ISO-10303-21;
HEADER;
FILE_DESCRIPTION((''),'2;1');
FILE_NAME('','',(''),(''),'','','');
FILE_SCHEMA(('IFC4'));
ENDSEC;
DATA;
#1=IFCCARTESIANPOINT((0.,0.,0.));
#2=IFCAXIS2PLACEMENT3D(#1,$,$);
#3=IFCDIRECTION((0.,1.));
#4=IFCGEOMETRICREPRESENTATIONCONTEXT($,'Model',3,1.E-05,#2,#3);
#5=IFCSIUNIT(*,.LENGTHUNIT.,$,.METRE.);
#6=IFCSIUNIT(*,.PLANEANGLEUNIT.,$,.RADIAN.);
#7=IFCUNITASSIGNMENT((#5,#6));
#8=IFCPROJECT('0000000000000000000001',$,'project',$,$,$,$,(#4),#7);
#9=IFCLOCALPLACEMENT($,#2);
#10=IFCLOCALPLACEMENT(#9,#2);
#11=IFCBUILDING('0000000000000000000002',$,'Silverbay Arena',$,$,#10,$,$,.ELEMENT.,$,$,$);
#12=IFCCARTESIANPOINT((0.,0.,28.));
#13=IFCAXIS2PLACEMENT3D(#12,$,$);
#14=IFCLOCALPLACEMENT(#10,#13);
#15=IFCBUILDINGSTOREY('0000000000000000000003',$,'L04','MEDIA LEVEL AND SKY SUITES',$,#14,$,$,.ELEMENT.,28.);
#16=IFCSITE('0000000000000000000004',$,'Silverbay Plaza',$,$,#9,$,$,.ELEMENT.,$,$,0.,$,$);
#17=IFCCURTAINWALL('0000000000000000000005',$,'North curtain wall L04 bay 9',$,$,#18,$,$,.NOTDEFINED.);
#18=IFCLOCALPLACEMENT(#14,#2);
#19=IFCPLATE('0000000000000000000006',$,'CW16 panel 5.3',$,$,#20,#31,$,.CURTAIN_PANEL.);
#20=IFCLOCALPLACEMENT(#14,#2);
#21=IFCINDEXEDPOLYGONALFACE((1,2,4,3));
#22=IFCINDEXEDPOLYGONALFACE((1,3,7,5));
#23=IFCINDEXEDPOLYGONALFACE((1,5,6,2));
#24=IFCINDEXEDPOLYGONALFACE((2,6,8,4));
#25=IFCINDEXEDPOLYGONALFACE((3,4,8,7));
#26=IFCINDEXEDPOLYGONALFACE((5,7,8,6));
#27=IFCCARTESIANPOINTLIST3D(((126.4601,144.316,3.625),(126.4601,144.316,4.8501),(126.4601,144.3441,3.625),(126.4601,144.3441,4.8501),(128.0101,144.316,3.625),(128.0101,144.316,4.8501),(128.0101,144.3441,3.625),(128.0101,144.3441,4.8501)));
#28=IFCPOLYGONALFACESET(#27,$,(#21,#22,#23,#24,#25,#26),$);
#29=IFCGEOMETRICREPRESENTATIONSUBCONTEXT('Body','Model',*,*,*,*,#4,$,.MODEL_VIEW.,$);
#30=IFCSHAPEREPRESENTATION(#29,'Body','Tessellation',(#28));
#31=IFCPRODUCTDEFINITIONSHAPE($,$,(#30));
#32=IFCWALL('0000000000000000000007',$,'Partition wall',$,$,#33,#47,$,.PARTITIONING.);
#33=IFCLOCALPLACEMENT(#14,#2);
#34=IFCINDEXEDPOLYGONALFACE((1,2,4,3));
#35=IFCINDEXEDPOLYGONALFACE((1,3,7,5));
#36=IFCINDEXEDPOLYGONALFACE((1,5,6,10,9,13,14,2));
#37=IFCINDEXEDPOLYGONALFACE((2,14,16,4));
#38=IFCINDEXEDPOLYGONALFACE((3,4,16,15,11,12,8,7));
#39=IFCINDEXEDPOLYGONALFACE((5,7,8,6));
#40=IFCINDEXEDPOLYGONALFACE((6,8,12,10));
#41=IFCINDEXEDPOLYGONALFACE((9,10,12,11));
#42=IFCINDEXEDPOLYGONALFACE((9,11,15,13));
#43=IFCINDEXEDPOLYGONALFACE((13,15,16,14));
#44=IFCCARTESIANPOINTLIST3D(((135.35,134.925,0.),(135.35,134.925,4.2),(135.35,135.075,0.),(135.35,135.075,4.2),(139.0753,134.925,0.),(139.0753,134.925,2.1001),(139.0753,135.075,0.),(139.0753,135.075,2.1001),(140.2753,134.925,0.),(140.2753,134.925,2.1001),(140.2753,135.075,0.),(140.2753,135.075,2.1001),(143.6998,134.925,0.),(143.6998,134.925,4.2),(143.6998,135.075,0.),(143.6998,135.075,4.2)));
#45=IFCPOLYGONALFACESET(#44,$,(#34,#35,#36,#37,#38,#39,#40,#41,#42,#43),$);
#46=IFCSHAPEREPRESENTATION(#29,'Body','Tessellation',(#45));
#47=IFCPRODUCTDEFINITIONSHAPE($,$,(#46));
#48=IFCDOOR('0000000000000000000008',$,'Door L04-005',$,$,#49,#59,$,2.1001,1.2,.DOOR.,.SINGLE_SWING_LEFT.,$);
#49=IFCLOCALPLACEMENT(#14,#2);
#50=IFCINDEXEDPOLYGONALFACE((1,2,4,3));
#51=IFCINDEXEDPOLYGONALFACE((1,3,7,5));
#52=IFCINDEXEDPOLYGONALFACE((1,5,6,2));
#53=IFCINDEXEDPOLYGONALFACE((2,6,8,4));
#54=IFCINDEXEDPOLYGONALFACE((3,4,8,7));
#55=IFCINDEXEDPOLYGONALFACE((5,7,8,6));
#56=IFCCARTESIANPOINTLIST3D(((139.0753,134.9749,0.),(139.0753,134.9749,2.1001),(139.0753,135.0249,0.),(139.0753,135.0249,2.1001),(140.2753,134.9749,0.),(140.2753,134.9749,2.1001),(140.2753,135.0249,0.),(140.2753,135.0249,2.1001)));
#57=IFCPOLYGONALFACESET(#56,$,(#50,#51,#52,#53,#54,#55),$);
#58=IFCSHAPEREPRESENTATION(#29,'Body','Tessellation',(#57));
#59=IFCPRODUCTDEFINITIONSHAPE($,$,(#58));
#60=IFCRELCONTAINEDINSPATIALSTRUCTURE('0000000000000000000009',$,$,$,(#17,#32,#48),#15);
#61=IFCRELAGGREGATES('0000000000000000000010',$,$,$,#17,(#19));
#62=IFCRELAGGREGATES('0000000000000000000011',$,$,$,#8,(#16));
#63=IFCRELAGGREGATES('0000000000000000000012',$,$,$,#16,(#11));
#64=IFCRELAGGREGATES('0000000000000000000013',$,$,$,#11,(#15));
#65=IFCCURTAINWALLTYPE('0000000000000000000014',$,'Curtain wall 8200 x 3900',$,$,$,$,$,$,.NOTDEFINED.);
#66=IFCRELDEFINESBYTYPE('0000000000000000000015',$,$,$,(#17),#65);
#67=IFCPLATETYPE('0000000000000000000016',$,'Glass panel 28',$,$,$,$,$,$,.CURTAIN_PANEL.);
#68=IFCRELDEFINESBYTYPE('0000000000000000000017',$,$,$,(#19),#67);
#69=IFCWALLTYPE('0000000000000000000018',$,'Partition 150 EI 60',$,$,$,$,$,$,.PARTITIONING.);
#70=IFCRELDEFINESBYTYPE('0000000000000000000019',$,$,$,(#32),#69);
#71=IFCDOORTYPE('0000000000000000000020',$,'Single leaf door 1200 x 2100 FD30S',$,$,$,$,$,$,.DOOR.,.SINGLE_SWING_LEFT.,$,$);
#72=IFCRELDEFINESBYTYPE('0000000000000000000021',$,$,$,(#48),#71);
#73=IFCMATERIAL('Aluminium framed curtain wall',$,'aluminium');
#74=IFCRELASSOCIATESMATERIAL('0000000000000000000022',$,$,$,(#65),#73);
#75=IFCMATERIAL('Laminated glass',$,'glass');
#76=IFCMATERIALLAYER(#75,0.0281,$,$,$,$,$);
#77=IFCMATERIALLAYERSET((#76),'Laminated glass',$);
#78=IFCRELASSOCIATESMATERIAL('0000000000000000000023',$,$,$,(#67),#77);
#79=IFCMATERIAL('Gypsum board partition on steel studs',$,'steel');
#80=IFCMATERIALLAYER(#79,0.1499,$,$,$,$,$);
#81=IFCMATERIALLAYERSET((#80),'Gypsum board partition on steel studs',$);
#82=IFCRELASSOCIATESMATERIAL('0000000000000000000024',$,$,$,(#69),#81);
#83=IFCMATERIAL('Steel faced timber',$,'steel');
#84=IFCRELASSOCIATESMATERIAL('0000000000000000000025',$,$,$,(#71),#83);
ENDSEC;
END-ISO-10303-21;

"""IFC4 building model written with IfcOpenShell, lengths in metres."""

from ifc_helpers import new_model, si_unit, direction, frame, frame_2d, origin, origin_2d, place, context, subcontext, project, spatial, rectangle, extrude, material, layer, layer_set, type_object, element, fill, aggregate, save


model = new_model("IFC4")

# Units and contexts
model_context = context("Model", 3, precision=1e-05, world=origin(), true_north=direction((0.0, 1.0)))
body_context = subcontext(model_context, "Body", "Model", "MODEL_VIEW")
ifc_project = project(units=[si_unit("LENGTHUNIT", "METRE"), si_unit("PLANEANGLEUNIT", "RADIAN")], contexts=[model_context])

# Site, building, storey
site_placement = place(None, origin())
site = spatial("IfcSite", under=ifc_project, at=site_placement, Name="Silverbay Plaza", CompositionType="ELEMENT", RefElevation=0.0)
building_placement = place(site_placement, origin())
building = spatial("IfcBuilding", under=site, at=building_placement, Name="Silverbay Arena", CompositionType="ELEMENT")
storey_placement = place(building_placement, frame((0.0, 0.0, 28.0)))
storey = spatial("IfcBuildingStorey", under=building, at=storey_placement, Name="L04", Description="MEDIA LEVEL AND SKY SUITES", CompositionType="ELEMENT", Elevation=28.0)

# Curtain wall
ifc_material_1 = material(Name="Aluminium framed curtain wall", Category="aluminium")
curtain_wall_type = type_object("IfcCurtainWallType", Name="Curtain wall 8200 x 3900", PredefinedType="NOTDEFINED", material=ifc_material_1)
curtain_wall_placement = place(storey_placement, origin())
curtain_wall = element("IfcCurtainWall", 1, at=curtain_wall_placement, inside=storey, type_object=curtain_wall_type, Name="North curtain wall L04 bay 9", PredefinedType="NOTDEFINED")

# Plate
ifc_material_2 = material(Name="Laminated glass", Category="glass")
ifc_layer_1 = layer(ifc_material_2, 0.0281)
ifc_layer_set_1 = layer_set([ifc_layer_1], Name="Laminated glass")
plate_type = type_object("IfcPlateType", Name="Glass panel 28", PredefinedType="CURTAIN_PANEL", material=ifc_layer_set_1)
plate_1_placement = place(storey_placement, frame((127.2351, 144.3301, 3.625), z_axis=(0.0, 0.0, 1.0), x_axis=(-1.0, 0.0, 0.0)))
plate_1 = element("IfcPlate", 2, at=plate_1_placement, type_object=plate_type, Name="CW16 panel 5.3", PredefinedType="CURTAIN_PANEL", context=body_context, shape_type="SweptSolid", body=[
    extrude(rectangle(XDim=1.55, YDim=0.0281, at=origin_2d()), origin(), (0.0, 0.0, 1.0), 1.2251),
])
aggregate(curtain_wall, [plate_1])

# Wall, opening, door
ifc_material_3 = material(Name="Gypsum board partition on steel studs", Category="steel")
ifc_layer_2 = layer(ifc_material_3, 0.1499)
ifc_layer_set_2 = layer_set([ifc_layer_2], Name="Gypsum board partition on steel studs")
wall_type = type_object("IfcWallType", Name="Partition 150 EI 60", PredefinedType="PARTITIONING", material=ifc_layer_set_2)
wall_placement = place(storey_placement, frame((135.3501, 135.0, 0.0), z_axis=(0.0, 0.0, 1.0), x_axis=(1.0, 0.0, 0.0)))
wall = element("IfcWall", 3, at=wall_placement, inside=storey, type_object=wall_type, Name="Partition wall", PredefinedType="PARTITIONING", context=body_context, shape_type="SweptSolid", body=[
    extrude(rectangle(XDim=8.3499, YDim=0.1499, at=frame_2d((4.1748, 0.0))), origin(), (0.0, 0.0, 1.0), 4.2),
])
opening_placement = place(wall_placement, frame((3.7251, 0.0, 0.0)))
opening = element("IfcOpeningElement", 4, at=opening_placement, cuts=wall, PredefinedType="OPENING", context=body_context, shape_type="SweptSolid", body=[
    extrude(rectangle(XDim=1.2, YDim=2.1001, at=frame_2d((0.6001, 1.05))), frame((0.0, 0.085, 0.0), z_axis=(0.0, -1.0, 0.0), x_axis=(1.0, 0.0, 0.0)), (0.0, 0.0, 1.0), 0.1699),
])
ifc_material_4 = material(Name="Steel faced timber", Category="steel")
door_type = type_object("IfcDoorType", Name="Single leaf door 1200 x 2100 FD30S", OperationType="SINGLE_SWING_LEFT", PredefinedType="DOOR", material=ifc_material_4)
door_placement = place(opening_placement, origin())
door = element("IfcDoor", 5, at=door_placement, inside=storey, type_object=door_type, Name="Door L04-005", OperationType="SINGLE_SWING_LEFT", OverallHeight=2.1001, OverallWidth=1.2, PredefinedType="DOOR", context=body_context, shape_type="SweptSolid", body=[
    extrude(rectangle(XDim=1.2, YDim=2.1001, at=frame_2d((0.6001, 1.05))), frame((0.0, 0.0249, 0.0), z_axis=(0.0, -1.0, 0.0), x_axis=(1.0, 0.0, 0.0)), (0.0, 0.0, 1.0), 0.05),
])
fill(opening, door)

save(model, "model.ifc")
